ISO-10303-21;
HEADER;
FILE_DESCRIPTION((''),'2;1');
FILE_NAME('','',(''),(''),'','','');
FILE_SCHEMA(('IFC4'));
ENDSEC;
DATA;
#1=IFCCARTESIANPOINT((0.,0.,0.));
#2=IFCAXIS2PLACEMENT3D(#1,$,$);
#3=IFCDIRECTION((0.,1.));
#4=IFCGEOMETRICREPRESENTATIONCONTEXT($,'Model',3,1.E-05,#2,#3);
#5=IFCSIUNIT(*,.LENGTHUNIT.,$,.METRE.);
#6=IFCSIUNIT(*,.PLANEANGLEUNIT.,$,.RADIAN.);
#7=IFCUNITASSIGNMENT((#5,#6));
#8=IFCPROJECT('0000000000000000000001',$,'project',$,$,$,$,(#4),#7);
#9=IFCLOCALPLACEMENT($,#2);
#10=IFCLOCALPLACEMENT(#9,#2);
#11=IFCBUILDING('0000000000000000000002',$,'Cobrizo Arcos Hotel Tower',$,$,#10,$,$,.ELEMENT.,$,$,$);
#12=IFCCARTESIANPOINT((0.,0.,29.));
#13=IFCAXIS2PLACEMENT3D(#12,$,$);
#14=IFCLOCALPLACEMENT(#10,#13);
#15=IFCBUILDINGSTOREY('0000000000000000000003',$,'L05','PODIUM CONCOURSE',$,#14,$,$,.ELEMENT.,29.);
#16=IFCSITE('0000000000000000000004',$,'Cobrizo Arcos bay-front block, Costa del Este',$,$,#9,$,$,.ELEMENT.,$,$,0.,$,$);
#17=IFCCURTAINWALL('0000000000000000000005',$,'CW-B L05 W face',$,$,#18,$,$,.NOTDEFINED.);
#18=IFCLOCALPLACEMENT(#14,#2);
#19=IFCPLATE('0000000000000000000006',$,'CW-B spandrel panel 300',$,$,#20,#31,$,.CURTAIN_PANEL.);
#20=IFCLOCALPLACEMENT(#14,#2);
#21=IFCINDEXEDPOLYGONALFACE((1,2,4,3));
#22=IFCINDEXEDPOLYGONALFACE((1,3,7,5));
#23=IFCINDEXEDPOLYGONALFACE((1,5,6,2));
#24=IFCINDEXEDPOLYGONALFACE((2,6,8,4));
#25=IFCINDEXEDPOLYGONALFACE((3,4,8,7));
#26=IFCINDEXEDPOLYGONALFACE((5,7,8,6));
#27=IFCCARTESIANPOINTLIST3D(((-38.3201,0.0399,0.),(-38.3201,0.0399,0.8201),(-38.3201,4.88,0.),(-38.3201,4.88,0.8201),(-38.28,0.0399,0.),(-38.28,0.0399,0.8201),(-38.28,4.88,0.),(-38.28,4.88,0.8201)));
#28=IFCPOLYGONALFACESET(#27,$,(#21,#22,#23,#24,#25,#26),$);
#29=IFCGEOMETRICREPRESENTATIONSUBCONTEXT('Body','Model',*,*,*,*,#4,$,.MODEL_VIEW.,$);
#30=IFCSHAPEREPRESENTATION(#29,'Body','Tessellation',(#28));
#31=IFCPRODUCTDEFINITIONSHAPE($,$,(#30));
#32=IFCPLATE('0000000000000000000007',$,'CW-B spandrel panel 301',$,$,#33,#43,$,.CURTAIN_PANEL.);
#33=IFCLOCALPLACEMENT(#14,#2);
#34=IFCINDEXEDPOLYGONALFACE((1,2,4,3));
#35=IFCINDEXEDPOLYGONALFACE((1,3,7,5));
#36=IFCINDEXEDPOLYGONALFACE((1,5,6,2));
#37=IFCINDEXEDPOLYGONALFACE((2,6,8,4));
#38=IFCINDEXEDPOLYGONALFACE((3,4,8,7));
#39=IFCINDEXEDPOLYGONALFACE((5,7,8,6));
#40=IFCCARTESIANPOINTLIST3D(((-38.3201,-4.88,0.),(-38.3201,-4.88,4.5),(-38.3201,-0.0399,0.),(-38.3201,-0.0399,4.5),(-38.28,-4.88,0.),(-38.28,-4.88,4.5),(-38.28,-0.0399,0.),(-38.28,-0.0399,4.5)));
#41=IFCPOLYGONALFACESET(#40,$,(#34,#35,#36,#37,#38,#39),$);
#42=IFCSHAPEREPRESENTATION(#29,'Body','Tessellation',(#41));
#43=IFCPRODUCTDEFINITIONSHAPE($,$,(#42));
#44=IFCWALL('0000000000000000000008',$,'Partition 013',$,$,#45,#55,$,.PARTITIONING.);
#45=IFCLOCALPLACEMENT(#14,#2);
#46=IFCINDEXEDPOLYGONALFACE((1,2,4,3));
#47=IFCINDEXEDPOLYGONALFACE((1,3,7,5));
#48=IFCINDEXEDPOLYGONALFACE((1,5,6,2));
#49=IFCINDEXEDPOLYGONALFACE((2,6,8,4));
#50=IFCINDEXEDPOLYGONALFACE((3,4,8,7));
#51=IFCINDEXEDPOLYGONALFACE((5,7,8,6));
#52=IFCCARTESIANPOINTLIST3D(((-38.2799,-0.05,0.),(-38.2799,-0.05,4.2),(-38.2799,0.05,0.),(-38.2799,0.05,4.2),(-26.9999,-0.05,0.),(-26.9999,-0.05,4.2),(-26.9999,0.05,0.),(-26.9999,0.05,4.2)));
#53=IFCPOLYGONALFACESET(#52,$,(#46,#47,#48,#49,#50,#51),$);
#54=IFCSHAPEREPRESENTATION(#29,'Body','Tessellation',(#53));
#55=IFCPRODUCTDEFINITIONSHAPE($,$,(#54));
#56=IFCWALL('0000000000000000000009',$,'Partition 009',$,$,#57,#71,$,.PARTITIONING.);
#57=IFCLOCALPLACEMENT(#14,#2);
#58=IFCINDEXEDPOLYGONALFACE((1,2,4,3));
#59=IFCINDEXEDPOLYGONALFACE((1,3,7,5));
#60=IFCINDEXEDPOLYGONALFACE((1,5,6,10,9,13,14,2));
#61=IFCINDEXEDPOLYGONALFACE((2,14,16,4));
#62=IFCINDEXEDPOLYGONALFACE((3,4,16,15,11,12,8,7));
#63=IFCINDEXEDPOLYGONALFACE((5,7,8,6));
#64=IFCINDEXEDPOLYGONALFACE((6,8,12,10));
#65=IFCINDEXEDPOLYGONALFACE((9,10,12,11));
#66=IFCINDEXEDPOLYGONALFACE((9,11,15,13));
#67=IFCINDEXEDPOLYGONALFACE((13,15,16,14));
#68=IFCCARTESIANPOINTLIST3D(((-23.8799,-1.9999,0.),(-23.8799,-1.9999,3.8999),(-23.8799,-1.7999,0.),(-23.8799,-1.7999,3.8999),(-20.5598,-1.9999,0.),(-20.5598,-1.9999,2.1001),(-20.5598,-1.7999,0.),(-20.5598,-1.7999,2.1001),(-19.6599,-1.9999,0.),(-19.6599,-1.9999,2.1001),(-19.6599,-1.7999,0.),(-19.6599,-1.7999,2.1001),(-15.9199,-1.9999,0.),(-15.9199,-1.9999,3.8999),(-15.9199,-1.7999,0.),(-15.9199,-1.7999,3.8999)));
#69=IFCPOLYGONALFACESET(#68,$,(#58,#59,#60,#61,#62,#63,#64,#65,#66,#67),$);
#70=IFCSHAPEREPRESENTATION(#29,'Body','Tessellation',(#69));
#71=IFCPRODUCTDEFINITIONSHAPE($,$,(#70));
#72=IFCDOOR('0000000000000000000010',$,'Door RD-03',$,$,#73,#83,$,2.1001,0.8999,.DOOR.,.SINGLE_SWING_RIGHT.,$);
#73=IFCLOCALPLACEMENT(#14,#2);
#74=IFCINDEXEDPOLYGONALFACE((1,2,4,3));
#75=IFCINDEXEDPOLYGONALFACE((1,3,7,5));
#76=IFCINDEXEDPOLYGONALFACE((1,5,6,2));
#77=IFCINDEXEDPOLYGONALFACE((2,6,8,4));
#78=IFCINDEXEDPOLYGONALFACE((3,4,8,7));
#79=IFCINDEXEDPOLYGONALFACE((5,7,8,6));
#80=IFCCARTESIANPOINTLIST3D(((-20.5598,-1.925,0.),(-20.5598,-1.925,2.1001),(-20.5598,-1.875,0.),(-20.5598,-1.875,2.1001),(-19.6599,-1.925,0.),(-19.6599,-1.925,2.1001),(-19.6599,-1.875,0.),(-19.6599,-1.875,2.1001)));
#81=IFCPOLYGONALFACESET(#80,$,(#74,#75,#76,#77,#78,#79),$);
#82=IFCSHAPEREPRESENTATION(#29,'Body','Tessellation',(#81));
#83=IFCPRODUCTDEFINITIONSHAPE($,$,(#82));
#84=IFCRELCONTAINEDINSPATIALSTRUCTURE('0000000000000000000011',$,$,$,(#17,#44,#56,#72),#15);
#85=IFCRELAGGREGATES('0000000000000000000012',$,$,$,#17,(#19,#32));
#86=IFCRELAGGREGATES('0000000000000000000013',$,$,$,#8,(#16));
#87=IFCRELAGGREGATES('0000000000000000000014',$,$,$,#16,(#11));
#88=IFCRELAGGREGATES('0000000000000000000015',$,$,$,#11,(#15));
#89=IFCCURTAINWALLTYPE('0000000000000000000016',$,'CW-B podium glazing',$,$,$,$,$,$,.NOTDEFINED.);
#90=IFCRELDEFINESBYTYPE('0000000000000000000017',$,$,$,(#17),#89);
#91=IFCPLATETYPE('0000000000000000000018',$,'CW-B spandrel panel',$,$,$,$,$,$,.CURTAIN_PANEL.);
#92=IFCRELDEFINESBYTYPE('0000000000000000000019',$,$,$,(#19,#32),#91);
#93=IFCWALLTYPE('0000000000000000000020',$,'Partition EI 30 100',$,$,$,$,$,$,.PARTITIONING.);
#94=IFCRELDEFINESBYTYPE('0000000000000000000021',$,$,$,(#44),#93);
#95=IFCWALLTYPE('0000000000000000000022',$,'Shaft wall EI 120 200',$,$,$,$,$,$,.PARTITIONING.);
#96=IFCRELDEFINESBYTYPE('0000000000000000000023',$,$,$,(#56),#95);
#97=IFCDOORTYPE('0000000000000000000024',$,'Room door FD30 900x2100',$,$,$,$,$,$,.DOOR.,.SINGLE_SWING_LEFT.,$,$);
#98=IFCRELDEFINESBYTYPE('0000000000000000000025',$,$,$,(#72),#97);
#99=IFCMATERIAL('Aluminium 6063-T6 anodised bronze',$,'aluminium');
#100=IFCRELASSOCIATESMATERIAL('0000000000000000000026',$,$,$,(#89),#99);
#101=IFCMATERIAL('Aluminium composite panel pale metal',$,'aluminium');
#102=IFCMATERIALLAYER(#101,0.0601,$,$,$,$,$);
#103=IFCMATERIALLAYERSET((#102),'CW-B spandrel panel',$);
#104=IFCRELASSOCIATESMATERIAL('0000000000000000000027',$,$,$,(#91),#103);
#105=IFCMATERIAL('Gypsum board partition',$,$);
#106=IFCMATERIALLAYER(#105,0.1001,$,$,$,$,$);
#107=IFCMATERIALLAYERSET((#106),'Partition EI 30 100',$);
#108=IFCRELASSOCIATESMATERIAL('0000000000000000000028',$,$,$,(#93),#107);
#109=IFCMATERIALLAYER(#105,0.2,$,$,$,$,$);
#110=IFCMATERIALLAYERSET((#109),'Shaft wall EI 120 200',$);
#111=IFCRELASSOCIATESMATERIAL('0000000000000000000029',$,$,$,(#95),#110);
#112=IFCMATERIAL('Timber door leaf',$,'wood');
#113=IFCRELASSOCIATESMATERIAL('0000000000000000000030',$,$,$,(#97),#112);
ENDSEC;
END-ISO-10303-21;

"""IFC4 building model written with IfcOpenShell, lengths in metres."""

from ifc_helpers import new_model, si_unit, direction, frame, frame_2d, origin, origin_2d, place, context, subcontext, project, spatial, rectangle, extrude, material, layer, layer_set, type_object, element, fill, aggregate, save


model = new_model("IFC4")

# Units and contexts
model_context = context("Model", 3, precision=1e-05, world=origin(), true_north=direction((0.0, 1.0)))
body_context = subcontext(model_context, "Body", "Model", "MODEL_VIEW")
ifc_project = project(units=[si_unit("LENGTHUNIT", "METRE"), si_unit("PLANEANGLEUNIT", "RADIAN")], contexts=[model_context])

# Site, building, storey
site_placement = place(None, origin())
site = spatial("IfcSite", under=ifc_project, at=site_placement, Name="Cobrizo Arcos bay-front block, Costa del Este", CompositionType="ELEMENT", RefElevation=0.0)
building_placement = place(site_placement, origin())
building = spatial("IfcBuilding", under=site, at=building_placement, Name="Cobrizo Arcos Hotel Tower", CompositionType="ELEMENT")
storey_placement = place(building_placement, frame((0.0, 0.0, 29.0)))
storey = spatial("IfcBuildingStorey", under=building, at=storey_placement, Name="L05", Description="PODIUM CONCOURSE", CompositionType="ELEMENT", Elevation=29.0)

# Curtain wall
ifc_material_1 = material(Name="Aluminium 6063-T6 anodised bronze", Category="aluminium")
curtain_wall_type = type_object("IfcCurtainWallType", Name="CW-B podium glazing", PredefinedType="NOTDEFINED", material=ifc_material_1)
curtain_wall_placement = place(storey_placement, origin())
curtain_wall = element("IfcCurtainWall", 1, at=curtain_wall_placement, inside=storey, type_object=curtain_wall_type, Name="CW-B L05 W face", PredefinedType="NOTDEFINED")

# Plates
ifc_material_2 = material(Name="Aluminium composite panel pale metal", Category="aluminium")
ifc_layer_1 = layer(ifc_material_2, 0.0601)
ifc_layer_set_1 = layer_set([ifc_layer_1], Name="CW-B spandrel panel")
plate_type_1 = type_object("IfcPlateType", Name="CW-B spandrel panel", PredefinedType="CURTAIN_PANEL", material=ifc_layer_set_1)
plate_1_placement = place(storey_placement, frame((-38.3, 2.46, 0.0), z_axis=(0.0, 0.0, 1.0), x_axis=(0.0, -1.0, 0.0)))
plate_1 = element("IfcPlate", 2, at=plate_1_placement, type_object=plate_type_1, Name="CW-B spandrel panel 300", PredefinedType="CURTAIN_PANEL", context=body_context, shape_type="SweptSolid", body=[
    extrude(rectangle(XDim=4.8401, YDim=0.04, at=origin_2d()), origin(), (0.0, 0.0, 1.0), 0.8201),
])
plate_2_placement = place(storey_placement, frame((-38.3, -2.46, 0.0), z_axis=(0.0, 0.0, 1.0), x_axis=(0.0, -1.0, 0.0)))
plate_2 = element("IfcPlate", 3, at=plate_2_placement, type_object=plate_type_1, Name="CW-B spandrel panel 301", PredefinedType="CURTAIN_PANEL", context=body_context, shape_type="SweptSolid", body=[
    extrude(rectangle(XDim=4.8401, YDim=0.04, at=origin_2d()), origin(), (0.0, 0.0, 1.0), 4.5),
])
aggregate(curtain_wall, [plate_1, plate_2])

# Wall
ifc_material_3 = material(Name="Gypsum board partition")
ifc_layer_2 = layer(ifc_material_3, 0.1001)
ifc_layer_set_2 = layer_set([ifc_layer_2], Name="Partition EI 30 100")
wall_type_1 = type_object("IfcWallType", Name="Partition EI 30 100", PredefinedType="PARTITIONING", material=ifc_layer_set_2)
wall_1_placement = place(storey_placement, frame((-38.28, 0.0, 0.0), z_axis=(0.0, 0.0, 1.0), x_axis=(1.0, 0.0, 0.0)))
element("IfcWall", 4, at=wall_1_placement, inside=storey, type_object=wall_type_1, Name="Partition 013", PredefinedType="PARTITIONING", context=body_context, shape_type="SweptSolid", body=[
    extrude(rectangle(XDim=11.28, YDim=0.1001, at=frame_2d((5.6401, 0.0))), origin(), (0.0, 0.0, 1.0), 4.2),
])

# Wall, opening, door
ifc_layer_3 = layer(ifc_material_3, 0.2)
ifc_layer_set_3 = layer_set([ifc_layer_3], Name="Shaft wall EI 120 200")
wall_type_2 = type_object("IfcWallType", Name="Shaft wall EI 120 200", PredefinedType="PARTITIONING", material=ifc_layer_set_3)
wall_2_placement = place(storey_placement, frame((-23.8799, -1.8999, 0.0), z_axis=(0.0, 0.0, 1.0), x_axis=(1.0, 0.0, 0.0)))
wall_2 = element("IfcWall", 5, at=wall_2_placement, inside=storey, type_object=wall_type_2, Name="Partition 009", PredefinedType="PARTITIONING", context=body_context, shape_type="SweptSolid", body=[
    extrude(rectangle(XDim=7.96, YDim=0.2, at=frame_2d((3.98, 0.0))), origin(), (0.0, 0.0, 1.0), 3.8999),
])
opening_placement = place(wall_2_placement, frame((3.3201, 0.0, 0.0)))
opening = element("IfcOpeningElement", 6, at=opening_placement, cuts=wall_2, PredefinedType="OPENING", context=body_context, shape_type="SweptSolid", body=[
    extrude(rectangle(XDim=0.8999, YDim=2.1001, at=frame_2d((0.45, 1.05))), frame((0.0, 0.1121, 0.0), z_axis=(0.0, -1.0, 0.0), x_axis=(1.0, 0.0, 0.0)), (0.0, 0.0, 1.0), 0.2239),
])
ifc_material_4 = material(Name="Timber door leaf", Category="wood")
door_type = type_object("IfcDoorType", Name="Room door FD30 900x2100", OperationType="SINGLE_SWING_LEFT", PredefinedType="DOOR", material=ifc_material_4)
door_placement = place(opening_placement, origin())
door = element("IfcDoor", 7, at=door_placement, inside=storey, type_object=door_type, Name="Door RD-03", OperationType="SINGLE_SWING_RIGHT", OverallHeight=2.1001, OverallWidth=0.8999, PredefinedType="DOOR", context=body_context, shape_type="SweptSolid", body=[
    extrude(rectangle(XDim=0.8999, YDim=2.1001, at=frame_2d((0.45, 1.05))), frame((0.0, 0.0249, 0.0), z_axis=(0.0, -1.0, 0.0), x_axis=(1.0, 0.0, 0.0)), (0.0, 0.0, 1.0), 0.05),
])
fill(opening, door)

save(model, "model.ifc")
